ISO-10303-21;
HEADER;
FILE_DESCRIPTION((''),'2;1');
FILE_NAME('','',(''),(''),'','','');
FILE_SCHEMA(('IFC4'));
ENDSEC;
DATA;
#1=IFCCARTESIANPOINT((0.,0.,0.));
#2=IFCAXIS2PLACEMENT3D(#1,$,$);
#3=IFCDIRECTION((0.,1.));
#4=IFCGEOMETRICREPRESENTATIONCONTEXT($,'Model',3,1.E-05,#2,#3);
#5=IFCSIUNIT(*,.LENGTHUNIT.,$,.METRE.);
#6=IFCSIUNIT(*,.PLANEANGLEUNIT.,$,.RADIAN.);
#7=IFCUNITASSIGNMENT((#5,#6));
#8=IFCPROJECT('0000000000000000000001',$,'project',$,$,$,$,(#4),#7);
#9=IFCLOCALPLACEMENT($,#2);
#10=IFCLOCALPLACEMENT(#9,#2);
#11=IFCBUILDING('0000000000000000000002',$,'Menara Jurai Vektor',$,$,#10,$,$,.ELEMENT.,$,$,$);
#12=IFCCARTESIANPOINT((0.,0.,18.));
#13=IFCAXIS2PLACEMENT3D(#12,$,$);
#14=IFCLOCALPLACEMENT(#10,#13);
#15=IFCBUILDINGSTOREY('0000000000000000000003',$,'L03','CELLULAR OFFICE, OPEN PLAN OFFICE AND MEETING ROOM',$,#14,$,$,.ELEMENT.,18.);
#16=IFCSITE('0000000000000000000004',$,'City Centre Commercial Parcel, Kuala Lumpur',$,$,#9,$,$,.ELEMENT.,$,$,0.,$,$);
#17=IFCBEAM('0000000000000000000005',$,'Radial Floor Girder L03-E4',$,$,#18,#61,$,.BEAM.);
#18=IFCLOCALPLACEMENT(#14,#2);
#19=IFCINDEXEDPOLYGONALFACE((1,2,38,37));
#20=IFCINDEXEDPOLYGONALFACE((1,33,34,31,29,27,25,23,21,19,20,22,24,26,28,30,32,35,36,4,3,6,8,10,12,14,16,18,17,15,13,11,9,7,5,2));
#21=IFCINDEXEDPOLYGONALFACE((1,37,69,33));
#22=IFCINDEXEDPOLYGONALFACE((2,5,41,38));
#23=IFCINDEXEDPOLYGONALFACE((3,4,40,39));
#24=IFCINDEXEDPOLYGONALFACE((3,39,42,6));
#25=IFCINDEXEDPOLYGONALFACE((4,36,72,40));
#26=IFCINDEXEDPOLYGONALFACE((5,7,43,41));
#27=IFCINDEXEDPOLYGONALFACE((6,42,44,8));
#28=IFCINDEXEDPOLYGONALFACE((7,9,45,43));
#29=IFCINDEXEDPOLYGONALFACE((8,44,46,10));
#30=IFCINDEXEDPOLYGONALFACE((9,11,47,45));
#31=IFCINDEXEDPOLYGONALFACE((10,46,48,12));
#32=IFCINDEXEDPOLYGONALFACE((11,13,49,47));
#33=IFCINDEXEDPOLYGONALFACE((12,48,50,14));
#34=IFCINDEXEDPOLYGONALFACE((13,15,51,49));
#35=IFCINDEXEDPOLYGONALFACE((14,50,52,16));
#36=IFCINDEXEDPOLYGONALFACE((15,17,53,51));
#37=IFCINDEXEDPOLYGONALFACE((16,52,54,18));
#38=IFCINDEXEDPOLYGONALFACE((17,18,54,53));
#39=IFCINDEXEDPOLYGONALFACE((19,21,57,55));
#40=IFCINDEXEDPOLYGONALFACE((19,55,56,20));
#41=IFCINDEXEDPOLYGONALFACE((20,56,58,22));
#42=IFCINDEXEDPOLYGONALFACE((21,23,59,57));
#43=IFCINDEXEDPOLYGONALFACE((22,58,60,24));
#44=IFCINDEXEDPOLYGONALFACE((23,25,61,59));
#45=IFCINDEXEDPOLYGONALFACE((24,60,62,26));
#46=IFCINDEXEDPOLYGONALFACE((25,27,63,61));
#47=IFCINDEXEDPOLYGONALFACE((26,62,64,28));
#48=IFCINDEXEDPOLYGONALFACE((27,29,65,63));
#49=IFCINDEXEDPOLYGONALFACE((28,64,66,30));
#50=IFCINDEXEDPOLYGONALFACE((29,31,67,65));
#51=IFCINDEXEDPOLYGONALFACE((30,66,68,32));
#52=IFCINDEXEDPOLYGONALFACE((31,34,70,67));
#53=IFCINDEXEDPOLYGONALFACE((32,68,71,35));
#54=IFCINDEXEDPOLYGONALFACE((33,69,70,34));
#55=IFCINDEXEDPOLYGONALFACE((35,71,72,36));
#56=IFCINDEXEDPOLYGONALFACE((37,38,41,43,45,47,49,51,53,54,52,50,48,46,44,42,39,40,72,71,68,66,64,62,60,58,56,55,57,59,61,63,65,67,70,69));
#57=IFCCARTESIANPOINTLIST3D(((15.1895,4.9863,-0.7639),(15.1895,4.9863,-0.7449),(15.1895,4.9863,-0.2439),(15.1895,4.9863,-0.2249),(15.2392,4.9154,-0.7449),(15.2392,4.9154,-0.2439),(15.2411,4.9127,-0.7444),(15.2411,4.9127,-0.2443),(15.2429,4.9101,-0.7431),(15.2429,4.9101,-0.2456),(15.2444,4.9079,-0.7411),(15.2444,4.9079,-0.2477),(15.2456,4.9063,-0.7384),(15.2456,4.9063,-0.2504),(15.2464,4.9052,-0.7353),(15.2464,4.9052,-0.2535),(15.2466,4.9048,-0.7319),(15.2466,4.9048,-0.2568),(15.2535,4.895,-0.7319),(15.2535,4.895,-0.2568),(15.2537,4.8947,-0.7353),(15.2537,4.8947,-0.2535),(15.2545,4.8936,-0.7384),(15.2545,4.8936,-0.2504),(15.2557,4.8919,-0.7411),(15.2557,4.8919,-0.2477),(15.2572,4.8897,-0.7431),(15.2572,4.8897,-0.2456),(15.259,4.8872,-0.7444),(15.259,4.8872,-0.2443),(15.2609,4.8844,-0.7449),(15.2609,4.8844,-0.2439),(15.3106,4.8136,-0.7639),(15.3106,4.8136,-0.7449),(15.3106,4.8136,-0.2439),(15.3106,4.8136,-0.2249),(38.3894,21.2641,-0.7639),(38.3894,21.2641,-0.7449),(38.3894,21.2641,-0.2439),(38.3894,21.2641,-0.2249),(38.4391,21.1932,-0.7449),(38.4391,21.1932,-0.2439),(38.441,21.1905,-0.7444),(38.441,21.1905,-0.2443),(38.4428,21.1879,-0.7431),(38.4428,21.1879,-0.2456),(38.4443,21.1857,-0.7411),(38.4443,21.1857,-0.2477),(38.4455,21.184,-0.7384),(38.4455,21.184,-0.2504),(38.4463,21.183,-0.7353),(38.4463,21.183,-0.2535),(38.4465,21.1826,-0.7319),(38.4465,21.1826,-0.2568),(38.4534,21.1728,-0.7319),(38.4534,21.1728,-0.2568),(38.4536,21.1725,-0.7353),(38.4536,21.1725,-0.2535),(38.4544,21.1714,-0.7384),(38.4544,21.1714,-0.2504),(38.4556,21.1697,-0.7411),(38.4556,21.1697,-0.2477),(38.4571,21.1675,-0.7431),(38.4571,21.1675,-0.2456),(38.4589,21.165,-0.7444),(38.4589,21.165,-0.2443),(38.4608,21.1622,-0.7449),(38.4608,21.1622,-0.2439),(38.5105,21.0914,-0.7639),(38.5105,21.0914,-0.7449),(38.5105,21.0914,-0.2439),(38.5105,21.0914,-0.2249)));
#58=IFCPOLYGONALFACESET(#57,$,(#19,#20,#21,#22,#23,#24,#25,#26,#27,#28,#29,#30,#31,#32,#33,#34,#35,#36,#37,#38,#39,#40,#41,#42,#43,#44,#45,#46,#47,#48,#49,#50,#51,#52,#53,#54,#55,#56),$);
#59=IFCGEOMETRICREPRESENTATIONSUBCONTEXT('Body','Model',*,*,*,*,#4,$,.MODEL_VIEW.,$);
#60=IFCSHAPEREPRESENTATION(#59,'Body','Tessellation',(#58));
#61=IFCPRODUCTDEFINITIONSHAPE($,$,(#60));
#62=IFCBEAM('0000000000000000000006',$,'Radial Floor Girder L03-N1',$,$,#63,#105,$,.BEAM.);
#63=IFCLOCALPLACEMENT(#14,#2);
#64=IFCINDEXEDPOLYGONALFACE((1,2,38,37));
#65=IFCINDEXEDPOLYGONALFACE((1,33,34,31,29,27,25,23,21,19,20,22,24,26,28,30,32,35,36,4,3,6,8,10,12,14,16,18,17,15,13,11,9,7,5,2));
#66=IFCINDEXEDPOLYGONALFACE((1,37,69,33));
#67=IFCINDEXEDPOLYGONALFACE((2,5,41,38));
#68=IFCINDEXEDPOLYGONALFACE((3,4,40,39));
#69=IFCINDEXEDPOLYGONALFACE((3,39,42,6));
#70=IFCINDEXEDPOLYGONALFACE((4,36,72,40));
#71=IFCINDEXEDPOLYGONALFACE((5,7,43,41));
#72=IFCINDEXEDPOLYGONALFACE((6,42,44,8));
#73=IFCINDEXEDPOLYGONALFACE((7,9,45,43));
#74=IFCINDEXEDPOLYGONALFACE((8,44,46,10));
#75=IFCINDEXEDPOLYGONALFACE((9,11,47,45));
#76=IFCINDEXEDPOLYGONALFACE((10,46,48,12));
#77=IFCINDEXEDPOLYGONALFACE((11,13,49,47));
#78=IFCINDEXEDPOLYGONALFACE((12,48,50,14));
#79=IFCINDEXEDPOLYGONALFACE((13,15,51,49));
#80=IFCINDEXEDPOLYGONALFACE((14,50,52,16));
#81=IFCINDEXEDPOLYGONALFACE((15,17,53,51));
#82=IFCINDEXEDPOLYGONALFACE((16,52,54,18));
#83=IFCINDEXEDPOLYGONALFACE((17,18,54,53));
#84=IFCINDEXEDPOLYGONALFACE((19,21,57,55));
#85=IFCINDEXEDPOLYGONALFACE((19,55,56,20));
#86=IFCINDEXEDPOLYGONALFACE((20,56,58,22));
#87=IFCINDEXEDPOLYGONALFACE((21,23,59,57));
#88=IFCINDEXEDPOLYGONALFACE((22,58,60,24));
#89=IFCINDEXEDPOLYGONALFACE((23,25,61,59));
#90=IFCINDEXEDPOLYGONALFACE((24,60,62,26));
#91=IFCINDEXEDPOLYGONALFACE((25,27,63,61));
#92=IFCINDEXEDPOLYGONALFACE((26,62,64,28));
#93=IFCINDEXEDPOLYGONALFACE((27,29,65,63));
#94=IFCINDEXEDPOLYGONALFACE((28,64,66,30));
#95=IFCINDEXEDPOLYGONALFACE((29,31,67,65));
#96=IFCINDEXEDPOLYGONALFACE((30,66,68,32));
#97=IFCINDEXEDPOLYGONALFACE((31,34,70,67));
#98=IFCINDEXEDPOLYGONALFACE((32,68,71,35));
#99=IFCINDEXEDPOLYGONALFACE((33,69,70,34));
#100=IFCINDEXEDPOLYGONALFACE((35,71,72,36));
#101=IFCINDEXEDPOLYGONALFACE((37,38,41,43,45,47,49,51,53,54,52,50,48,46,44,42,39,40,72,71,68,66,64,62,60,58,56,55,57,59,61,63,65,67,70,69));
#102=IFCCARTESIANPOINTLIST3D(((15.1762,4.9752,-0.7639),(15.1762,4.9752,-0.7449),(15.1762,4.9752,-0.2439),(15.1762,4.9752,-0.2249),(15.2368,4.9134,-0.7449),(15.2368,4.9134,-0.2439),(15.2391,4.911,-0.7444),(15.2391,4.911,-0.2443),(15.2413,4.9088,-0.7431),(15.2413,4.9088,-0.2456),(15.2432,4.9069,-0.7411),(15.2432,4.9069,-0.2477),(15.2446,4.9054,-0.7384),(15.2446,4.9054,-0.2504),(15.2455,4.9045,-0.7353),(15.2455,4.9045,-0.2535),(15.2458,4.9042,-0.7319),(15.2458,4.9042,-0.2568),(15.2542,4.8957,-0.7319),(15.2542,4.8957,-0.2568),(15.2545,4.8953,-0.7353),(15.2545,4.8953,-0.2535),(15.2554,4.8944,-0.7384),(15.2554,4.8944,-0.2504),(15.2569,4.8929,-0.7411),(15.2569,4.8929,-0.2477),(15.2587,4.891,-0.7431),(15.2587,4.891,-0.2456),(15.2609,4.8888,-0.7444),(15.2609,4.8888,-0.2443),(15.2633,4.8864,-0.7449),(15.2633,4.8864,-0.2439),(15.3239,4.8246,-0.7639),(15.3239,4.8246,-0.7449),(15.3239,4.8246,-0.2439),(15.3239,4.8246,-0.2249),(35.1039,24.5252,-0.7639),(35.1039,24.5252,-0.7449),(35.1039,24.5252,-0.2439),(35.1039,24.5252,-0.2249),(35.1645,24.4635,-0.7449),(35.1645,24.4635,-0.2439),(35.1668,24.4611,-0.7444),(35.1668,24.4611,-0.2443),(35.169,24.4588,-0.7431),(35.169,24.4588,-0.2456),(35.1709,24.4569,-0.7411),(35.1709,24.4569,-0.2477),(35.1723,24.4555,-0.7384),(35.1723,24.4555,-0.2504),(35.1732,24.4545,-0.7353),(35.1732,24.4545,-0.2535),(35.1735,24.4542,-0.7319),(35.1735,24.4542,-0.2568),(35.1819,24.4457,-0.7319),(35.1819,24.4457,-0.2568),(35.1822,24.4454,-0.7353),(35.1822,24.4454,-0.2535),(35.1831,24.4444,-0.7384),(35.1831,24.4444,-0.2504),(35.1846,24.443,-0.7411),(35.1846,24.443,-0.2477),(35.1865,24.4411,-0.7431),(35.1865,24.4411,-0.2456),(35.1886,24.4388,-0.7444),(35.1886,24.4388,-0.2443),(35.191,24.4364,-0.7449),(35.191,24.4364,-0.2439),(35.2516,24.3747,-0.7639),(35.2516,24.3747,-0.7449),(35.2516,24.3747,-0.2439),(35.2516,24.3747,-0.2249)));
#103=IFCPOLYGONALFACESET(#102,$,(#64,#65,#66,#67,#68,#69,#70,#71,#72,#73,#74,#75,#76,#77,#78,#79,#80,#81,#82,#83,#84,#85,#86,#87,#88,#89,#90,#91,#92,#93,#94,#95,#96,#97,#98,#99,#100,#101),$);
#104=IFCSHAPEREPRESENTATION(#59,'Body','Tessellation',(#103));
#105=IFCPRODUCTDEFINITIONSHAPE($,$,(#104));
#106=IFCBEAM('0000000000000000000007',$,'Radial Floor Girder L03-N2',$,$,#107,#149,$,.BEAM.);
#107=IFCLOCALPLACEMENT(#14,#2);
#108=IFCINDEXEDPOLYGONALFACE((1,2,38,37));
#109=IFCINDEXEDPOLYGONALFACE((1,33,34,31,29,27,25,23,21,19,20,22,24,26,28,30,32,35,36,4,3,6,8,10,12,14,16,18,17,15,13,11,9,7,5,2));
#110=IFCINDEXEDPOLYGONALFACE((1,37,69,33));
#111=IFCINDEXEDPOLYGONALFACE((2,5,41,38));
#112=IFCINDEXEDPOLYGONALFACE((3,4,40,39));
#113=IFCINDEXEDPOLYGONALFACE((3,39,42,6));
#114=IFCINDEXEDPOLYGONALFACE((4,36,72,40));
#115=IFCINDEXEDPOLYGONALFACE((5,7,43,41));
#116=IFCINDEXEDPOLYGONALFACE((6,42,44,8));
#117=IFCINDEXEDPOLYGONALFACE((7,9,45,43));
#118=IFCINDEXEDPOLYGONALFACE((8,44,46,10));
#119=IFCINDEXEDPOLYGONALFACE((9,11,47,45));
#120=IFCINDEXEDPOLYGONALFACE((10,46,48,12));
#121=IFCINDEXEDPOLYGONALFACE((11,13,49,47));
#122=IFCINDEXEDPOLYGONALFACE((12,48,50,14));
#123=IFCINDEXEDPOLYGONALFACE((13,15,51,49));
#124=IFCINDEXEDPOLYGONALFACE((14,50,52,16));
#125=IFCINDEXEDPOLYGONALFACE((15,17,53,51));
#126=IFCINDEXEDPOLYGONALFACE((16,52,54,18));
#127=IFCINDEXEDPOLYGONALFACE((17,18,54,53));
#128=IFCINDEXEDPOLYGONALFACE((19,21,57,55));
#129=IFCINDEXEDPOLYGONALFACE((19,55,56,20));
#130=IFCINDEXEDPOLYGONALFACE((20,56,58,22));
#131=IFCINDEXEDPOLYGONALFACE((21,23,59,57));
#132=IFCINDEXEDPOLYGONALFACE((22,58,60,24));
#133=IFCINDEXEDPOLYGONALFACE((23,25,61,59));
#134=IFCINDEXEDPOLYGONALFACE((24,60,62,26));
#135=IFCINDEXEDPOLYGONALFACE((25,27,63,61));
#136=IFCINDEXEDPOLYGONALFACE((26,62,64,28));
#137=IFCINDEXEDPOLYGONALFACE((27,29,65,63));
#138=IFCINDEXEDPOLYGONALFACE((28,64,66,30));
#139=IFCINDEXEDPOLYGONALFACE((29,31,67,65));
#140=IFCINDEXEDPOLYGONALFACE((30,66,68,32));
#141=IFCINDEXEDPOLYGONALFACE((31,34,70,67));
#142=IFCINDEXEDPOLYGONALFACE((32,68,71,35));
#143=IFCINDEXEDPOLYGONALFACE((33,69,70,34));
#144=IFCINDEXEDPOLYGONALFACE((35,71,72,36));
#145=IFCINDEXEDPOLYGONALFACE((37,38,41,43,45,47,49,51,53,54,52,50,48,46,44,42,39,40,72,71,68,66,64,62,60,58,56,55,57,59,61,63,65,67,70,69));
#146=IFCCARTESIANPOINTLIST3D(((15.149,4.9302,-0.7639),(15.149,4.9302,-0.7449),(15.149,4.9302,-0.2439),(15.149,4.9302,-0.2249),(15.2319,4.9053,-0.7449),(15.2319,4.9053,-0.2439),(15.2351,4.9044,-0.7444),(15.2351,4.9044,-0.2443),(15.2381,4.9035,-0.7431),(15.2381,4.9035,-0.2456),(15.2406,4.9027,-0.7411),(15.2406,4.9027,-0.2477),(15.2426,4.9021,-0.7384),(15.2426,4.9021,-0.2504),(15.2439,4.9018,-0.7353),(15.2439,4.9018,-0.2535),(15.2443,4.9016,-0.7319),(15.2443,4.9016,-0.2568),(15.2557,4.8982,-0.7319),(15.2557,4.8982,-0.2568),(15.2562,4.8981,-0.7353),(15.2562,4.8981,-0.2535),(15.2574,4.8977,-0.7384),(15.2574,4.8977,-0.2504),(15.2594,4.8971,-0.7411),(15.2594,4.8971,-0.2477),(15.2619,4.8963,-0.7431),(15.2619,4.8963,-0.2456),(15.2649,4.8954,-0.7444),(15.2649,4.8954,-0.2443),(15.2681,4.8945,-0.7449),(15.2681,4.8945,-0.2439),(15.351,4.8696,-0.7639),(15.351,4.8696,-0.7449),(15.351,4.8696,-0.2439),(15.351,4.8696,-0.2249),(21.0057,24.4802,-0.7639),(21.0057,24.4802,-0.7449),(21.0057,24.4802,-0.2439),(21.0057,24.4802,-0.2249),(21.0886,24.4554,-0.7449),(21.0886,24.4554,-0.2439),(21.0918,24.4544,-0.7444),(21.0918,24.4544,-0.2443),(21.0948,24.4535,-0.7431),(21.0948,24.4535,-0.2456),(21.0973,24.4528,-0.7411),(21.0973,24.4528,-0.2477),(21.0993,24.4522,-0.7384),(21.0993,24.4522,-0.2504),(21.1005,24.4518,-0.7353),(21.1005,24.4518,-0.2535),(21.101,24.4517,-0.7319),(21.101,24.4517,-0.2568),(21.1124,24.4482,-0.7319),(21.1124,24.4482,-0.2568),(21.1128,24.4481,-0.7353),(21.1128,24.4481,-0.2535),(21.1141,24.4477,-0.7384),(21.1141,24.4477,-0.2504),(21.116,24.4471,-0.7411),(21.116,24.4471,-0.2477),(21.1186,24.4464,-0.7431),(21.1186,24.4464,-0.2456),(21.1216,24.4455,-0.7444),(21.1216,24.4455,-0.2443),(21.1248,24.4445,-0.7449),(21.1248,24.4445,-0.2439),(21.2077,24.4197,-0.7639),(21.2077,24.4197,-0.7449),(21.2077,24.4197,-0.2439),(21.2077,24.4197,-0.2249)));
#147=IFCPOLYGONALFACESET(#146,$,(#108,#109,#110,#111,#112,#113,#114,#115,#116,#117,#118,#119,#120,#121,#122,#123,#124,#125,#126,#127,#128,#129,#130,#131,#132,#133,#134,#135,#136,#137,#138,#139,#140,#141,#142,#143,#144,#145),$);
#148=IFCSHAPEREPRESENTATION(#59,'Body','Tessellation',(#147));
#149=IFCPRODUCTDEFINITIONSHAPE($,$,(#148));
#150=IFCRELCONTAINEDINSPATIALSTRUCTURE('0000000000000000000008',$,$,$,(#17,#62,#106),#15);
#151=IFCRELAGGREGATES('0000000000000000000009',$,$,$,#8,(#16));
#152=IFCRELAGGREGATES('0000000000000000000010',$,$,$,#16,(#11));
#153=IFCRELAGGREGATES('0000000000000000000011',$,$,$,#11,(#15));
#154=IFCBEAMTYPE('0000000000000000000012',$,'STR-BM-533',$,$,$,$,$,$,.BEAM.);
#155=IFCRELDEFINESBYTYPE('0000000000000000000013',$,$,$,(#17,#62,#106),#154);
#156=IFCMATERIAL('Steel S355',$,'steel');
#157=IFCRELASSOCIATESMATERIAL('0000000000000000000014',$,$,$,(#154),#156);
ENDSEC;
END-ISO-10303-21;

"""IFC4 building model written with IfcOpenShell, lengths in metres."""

from ifc_helpers import new_model, si_unit, direction, frame, origin, origin_2d, place, context, subcontext, project, spatial, i_section, extrude, material, material_profile, profile_set, type_object, element, save


model = new_model("IFC4")

# Units and contexts
model_context = context("Model", 3, precision=1e-05, world=origin(), true_north=direction((0.0, 1.0)))
body_context = subcontext(model_context, "Body", "Model", "MODEL_VIEW")
ifc_project = project(units=[si_unit("LENGTHUNIT", "METRE"), si_unit("PLANEANGLEUNIT", "RADIAN")], contexts=[model_context])

# Site, building, storey
site_placement = place(None, origin())
site = spatial("IfcSite", under=ifc_project, at=site_placement, Name="City Centre Commercial Parcel, Kuala Lumpur", CompositionType="ELEMENT", RefElevation=0.0)
building_placement = place(site_placement, origin())
building = spatial("IfcBuilding", under=site, at=building_placement, Name="Menara Jurai Vektor", CompositionType="ELEMENT")
storey_placement = place(building_placement, frame((0.0, 0.0, 18.0)))
storey = spatial("IfcBuildingStorey", under=building, at=storey_placement, Name="L03", Description="CELLULAR OFFICE, OPEN PLAN OFFICE AND MEETING ROOM", CompositionType="ELEMENT", Elevation=18.0)

# Beams
ifc_material_1 = material(Name="Steel S355", Category="steel")
ifc_material_profile_1 = material_profile(ifc_material_1, i_section(OverallWidth=0.2109, OverallDepth=0.5391, WebThickness=0.012, FlangeThickness=0.019, FilletRadius=0.0129, at=origin_2d()), Name="UKB 533x210x109")
ifc_profile_set_1 = profile_set([ifc_material_profile_1], Name="Steel S355")
beam_type_1 = type_object("IfcBeamType", Name="STR-BM-533", PredefinedType="BEAM", material=ifc_profile_set_1)
beam_1_placement = place(storey_placement, frame((38.45, 21.1777, -0.4944), z_axis=(-0.818604, -0.574359, 0.0), x_axis=(0.574359, -0.818604, 0.0)))
element("IfcBeam", 1, at=beam_1_placement, inside=storey, type_object=beam_type_1, Name="Radial Floor Girder L03-E4", PredefinedType="BEAM", context=body_context, shape_type="SweptSolid", body=[
    extrude(i_section(OverallWidth=0.2109, OverallDepth=0.5391, WebThickness=0.012, FlangeThickness=0.019, FilletRadius=0.0129, at=origin_2d()), origin(), (0.0, 0.0, 1.0), 28.3408),
])
beam_2_placement = place(storey_placement, frame((35.1777, 24.45, -0.4944), z_axis=(-0.713839, -0.70031, 0.0), x_axis=(0.70031, -0.713839, 0.0)))
element("IfcBeam", 2, at=beam_2_placement, inside=storey, type_object=beam_type_1, Name="Radial Floor Girder L03-N1", PredefinedType="BEAM", context=body_context, shape_type="SweptSolid", body=[
    extrude(i_section(OverallWidth=0.2109, OverallDepth=0.5391, WebThickness=0.012, FlangeThickness=0.019, FilletRadius=0.0129, at=origin_2d()), origin(), (0.0, 0.0, 1.0), 27.9163),
])
beam_3_placement = place(storey_placement, frame((21.1067, 24.45, -0.4944), z_axis=(-0.286974, -0.957938, 0.0), x_axis=(0.957938, -0.286974, 0.0)))
element("IfcBeam", 3, at=beam_3_placement, inside=storey, type_object=beam_type_1, Name="Radial Floor Girder L03-N2", PredefinedType="BEAM", context=body_context, shape_type="SweptSolid", body=[
    extrude(i_section(OverallWidth=0.2109, OverallDepth=0.5391, WebThickness=0.012, FlangeThickness=0.019, FilletRadius=0.0129, at=origin_2d()), origin(), (0.0, 0.0, 1.0), 20.4084),
])

save(model, "model.ifc")
